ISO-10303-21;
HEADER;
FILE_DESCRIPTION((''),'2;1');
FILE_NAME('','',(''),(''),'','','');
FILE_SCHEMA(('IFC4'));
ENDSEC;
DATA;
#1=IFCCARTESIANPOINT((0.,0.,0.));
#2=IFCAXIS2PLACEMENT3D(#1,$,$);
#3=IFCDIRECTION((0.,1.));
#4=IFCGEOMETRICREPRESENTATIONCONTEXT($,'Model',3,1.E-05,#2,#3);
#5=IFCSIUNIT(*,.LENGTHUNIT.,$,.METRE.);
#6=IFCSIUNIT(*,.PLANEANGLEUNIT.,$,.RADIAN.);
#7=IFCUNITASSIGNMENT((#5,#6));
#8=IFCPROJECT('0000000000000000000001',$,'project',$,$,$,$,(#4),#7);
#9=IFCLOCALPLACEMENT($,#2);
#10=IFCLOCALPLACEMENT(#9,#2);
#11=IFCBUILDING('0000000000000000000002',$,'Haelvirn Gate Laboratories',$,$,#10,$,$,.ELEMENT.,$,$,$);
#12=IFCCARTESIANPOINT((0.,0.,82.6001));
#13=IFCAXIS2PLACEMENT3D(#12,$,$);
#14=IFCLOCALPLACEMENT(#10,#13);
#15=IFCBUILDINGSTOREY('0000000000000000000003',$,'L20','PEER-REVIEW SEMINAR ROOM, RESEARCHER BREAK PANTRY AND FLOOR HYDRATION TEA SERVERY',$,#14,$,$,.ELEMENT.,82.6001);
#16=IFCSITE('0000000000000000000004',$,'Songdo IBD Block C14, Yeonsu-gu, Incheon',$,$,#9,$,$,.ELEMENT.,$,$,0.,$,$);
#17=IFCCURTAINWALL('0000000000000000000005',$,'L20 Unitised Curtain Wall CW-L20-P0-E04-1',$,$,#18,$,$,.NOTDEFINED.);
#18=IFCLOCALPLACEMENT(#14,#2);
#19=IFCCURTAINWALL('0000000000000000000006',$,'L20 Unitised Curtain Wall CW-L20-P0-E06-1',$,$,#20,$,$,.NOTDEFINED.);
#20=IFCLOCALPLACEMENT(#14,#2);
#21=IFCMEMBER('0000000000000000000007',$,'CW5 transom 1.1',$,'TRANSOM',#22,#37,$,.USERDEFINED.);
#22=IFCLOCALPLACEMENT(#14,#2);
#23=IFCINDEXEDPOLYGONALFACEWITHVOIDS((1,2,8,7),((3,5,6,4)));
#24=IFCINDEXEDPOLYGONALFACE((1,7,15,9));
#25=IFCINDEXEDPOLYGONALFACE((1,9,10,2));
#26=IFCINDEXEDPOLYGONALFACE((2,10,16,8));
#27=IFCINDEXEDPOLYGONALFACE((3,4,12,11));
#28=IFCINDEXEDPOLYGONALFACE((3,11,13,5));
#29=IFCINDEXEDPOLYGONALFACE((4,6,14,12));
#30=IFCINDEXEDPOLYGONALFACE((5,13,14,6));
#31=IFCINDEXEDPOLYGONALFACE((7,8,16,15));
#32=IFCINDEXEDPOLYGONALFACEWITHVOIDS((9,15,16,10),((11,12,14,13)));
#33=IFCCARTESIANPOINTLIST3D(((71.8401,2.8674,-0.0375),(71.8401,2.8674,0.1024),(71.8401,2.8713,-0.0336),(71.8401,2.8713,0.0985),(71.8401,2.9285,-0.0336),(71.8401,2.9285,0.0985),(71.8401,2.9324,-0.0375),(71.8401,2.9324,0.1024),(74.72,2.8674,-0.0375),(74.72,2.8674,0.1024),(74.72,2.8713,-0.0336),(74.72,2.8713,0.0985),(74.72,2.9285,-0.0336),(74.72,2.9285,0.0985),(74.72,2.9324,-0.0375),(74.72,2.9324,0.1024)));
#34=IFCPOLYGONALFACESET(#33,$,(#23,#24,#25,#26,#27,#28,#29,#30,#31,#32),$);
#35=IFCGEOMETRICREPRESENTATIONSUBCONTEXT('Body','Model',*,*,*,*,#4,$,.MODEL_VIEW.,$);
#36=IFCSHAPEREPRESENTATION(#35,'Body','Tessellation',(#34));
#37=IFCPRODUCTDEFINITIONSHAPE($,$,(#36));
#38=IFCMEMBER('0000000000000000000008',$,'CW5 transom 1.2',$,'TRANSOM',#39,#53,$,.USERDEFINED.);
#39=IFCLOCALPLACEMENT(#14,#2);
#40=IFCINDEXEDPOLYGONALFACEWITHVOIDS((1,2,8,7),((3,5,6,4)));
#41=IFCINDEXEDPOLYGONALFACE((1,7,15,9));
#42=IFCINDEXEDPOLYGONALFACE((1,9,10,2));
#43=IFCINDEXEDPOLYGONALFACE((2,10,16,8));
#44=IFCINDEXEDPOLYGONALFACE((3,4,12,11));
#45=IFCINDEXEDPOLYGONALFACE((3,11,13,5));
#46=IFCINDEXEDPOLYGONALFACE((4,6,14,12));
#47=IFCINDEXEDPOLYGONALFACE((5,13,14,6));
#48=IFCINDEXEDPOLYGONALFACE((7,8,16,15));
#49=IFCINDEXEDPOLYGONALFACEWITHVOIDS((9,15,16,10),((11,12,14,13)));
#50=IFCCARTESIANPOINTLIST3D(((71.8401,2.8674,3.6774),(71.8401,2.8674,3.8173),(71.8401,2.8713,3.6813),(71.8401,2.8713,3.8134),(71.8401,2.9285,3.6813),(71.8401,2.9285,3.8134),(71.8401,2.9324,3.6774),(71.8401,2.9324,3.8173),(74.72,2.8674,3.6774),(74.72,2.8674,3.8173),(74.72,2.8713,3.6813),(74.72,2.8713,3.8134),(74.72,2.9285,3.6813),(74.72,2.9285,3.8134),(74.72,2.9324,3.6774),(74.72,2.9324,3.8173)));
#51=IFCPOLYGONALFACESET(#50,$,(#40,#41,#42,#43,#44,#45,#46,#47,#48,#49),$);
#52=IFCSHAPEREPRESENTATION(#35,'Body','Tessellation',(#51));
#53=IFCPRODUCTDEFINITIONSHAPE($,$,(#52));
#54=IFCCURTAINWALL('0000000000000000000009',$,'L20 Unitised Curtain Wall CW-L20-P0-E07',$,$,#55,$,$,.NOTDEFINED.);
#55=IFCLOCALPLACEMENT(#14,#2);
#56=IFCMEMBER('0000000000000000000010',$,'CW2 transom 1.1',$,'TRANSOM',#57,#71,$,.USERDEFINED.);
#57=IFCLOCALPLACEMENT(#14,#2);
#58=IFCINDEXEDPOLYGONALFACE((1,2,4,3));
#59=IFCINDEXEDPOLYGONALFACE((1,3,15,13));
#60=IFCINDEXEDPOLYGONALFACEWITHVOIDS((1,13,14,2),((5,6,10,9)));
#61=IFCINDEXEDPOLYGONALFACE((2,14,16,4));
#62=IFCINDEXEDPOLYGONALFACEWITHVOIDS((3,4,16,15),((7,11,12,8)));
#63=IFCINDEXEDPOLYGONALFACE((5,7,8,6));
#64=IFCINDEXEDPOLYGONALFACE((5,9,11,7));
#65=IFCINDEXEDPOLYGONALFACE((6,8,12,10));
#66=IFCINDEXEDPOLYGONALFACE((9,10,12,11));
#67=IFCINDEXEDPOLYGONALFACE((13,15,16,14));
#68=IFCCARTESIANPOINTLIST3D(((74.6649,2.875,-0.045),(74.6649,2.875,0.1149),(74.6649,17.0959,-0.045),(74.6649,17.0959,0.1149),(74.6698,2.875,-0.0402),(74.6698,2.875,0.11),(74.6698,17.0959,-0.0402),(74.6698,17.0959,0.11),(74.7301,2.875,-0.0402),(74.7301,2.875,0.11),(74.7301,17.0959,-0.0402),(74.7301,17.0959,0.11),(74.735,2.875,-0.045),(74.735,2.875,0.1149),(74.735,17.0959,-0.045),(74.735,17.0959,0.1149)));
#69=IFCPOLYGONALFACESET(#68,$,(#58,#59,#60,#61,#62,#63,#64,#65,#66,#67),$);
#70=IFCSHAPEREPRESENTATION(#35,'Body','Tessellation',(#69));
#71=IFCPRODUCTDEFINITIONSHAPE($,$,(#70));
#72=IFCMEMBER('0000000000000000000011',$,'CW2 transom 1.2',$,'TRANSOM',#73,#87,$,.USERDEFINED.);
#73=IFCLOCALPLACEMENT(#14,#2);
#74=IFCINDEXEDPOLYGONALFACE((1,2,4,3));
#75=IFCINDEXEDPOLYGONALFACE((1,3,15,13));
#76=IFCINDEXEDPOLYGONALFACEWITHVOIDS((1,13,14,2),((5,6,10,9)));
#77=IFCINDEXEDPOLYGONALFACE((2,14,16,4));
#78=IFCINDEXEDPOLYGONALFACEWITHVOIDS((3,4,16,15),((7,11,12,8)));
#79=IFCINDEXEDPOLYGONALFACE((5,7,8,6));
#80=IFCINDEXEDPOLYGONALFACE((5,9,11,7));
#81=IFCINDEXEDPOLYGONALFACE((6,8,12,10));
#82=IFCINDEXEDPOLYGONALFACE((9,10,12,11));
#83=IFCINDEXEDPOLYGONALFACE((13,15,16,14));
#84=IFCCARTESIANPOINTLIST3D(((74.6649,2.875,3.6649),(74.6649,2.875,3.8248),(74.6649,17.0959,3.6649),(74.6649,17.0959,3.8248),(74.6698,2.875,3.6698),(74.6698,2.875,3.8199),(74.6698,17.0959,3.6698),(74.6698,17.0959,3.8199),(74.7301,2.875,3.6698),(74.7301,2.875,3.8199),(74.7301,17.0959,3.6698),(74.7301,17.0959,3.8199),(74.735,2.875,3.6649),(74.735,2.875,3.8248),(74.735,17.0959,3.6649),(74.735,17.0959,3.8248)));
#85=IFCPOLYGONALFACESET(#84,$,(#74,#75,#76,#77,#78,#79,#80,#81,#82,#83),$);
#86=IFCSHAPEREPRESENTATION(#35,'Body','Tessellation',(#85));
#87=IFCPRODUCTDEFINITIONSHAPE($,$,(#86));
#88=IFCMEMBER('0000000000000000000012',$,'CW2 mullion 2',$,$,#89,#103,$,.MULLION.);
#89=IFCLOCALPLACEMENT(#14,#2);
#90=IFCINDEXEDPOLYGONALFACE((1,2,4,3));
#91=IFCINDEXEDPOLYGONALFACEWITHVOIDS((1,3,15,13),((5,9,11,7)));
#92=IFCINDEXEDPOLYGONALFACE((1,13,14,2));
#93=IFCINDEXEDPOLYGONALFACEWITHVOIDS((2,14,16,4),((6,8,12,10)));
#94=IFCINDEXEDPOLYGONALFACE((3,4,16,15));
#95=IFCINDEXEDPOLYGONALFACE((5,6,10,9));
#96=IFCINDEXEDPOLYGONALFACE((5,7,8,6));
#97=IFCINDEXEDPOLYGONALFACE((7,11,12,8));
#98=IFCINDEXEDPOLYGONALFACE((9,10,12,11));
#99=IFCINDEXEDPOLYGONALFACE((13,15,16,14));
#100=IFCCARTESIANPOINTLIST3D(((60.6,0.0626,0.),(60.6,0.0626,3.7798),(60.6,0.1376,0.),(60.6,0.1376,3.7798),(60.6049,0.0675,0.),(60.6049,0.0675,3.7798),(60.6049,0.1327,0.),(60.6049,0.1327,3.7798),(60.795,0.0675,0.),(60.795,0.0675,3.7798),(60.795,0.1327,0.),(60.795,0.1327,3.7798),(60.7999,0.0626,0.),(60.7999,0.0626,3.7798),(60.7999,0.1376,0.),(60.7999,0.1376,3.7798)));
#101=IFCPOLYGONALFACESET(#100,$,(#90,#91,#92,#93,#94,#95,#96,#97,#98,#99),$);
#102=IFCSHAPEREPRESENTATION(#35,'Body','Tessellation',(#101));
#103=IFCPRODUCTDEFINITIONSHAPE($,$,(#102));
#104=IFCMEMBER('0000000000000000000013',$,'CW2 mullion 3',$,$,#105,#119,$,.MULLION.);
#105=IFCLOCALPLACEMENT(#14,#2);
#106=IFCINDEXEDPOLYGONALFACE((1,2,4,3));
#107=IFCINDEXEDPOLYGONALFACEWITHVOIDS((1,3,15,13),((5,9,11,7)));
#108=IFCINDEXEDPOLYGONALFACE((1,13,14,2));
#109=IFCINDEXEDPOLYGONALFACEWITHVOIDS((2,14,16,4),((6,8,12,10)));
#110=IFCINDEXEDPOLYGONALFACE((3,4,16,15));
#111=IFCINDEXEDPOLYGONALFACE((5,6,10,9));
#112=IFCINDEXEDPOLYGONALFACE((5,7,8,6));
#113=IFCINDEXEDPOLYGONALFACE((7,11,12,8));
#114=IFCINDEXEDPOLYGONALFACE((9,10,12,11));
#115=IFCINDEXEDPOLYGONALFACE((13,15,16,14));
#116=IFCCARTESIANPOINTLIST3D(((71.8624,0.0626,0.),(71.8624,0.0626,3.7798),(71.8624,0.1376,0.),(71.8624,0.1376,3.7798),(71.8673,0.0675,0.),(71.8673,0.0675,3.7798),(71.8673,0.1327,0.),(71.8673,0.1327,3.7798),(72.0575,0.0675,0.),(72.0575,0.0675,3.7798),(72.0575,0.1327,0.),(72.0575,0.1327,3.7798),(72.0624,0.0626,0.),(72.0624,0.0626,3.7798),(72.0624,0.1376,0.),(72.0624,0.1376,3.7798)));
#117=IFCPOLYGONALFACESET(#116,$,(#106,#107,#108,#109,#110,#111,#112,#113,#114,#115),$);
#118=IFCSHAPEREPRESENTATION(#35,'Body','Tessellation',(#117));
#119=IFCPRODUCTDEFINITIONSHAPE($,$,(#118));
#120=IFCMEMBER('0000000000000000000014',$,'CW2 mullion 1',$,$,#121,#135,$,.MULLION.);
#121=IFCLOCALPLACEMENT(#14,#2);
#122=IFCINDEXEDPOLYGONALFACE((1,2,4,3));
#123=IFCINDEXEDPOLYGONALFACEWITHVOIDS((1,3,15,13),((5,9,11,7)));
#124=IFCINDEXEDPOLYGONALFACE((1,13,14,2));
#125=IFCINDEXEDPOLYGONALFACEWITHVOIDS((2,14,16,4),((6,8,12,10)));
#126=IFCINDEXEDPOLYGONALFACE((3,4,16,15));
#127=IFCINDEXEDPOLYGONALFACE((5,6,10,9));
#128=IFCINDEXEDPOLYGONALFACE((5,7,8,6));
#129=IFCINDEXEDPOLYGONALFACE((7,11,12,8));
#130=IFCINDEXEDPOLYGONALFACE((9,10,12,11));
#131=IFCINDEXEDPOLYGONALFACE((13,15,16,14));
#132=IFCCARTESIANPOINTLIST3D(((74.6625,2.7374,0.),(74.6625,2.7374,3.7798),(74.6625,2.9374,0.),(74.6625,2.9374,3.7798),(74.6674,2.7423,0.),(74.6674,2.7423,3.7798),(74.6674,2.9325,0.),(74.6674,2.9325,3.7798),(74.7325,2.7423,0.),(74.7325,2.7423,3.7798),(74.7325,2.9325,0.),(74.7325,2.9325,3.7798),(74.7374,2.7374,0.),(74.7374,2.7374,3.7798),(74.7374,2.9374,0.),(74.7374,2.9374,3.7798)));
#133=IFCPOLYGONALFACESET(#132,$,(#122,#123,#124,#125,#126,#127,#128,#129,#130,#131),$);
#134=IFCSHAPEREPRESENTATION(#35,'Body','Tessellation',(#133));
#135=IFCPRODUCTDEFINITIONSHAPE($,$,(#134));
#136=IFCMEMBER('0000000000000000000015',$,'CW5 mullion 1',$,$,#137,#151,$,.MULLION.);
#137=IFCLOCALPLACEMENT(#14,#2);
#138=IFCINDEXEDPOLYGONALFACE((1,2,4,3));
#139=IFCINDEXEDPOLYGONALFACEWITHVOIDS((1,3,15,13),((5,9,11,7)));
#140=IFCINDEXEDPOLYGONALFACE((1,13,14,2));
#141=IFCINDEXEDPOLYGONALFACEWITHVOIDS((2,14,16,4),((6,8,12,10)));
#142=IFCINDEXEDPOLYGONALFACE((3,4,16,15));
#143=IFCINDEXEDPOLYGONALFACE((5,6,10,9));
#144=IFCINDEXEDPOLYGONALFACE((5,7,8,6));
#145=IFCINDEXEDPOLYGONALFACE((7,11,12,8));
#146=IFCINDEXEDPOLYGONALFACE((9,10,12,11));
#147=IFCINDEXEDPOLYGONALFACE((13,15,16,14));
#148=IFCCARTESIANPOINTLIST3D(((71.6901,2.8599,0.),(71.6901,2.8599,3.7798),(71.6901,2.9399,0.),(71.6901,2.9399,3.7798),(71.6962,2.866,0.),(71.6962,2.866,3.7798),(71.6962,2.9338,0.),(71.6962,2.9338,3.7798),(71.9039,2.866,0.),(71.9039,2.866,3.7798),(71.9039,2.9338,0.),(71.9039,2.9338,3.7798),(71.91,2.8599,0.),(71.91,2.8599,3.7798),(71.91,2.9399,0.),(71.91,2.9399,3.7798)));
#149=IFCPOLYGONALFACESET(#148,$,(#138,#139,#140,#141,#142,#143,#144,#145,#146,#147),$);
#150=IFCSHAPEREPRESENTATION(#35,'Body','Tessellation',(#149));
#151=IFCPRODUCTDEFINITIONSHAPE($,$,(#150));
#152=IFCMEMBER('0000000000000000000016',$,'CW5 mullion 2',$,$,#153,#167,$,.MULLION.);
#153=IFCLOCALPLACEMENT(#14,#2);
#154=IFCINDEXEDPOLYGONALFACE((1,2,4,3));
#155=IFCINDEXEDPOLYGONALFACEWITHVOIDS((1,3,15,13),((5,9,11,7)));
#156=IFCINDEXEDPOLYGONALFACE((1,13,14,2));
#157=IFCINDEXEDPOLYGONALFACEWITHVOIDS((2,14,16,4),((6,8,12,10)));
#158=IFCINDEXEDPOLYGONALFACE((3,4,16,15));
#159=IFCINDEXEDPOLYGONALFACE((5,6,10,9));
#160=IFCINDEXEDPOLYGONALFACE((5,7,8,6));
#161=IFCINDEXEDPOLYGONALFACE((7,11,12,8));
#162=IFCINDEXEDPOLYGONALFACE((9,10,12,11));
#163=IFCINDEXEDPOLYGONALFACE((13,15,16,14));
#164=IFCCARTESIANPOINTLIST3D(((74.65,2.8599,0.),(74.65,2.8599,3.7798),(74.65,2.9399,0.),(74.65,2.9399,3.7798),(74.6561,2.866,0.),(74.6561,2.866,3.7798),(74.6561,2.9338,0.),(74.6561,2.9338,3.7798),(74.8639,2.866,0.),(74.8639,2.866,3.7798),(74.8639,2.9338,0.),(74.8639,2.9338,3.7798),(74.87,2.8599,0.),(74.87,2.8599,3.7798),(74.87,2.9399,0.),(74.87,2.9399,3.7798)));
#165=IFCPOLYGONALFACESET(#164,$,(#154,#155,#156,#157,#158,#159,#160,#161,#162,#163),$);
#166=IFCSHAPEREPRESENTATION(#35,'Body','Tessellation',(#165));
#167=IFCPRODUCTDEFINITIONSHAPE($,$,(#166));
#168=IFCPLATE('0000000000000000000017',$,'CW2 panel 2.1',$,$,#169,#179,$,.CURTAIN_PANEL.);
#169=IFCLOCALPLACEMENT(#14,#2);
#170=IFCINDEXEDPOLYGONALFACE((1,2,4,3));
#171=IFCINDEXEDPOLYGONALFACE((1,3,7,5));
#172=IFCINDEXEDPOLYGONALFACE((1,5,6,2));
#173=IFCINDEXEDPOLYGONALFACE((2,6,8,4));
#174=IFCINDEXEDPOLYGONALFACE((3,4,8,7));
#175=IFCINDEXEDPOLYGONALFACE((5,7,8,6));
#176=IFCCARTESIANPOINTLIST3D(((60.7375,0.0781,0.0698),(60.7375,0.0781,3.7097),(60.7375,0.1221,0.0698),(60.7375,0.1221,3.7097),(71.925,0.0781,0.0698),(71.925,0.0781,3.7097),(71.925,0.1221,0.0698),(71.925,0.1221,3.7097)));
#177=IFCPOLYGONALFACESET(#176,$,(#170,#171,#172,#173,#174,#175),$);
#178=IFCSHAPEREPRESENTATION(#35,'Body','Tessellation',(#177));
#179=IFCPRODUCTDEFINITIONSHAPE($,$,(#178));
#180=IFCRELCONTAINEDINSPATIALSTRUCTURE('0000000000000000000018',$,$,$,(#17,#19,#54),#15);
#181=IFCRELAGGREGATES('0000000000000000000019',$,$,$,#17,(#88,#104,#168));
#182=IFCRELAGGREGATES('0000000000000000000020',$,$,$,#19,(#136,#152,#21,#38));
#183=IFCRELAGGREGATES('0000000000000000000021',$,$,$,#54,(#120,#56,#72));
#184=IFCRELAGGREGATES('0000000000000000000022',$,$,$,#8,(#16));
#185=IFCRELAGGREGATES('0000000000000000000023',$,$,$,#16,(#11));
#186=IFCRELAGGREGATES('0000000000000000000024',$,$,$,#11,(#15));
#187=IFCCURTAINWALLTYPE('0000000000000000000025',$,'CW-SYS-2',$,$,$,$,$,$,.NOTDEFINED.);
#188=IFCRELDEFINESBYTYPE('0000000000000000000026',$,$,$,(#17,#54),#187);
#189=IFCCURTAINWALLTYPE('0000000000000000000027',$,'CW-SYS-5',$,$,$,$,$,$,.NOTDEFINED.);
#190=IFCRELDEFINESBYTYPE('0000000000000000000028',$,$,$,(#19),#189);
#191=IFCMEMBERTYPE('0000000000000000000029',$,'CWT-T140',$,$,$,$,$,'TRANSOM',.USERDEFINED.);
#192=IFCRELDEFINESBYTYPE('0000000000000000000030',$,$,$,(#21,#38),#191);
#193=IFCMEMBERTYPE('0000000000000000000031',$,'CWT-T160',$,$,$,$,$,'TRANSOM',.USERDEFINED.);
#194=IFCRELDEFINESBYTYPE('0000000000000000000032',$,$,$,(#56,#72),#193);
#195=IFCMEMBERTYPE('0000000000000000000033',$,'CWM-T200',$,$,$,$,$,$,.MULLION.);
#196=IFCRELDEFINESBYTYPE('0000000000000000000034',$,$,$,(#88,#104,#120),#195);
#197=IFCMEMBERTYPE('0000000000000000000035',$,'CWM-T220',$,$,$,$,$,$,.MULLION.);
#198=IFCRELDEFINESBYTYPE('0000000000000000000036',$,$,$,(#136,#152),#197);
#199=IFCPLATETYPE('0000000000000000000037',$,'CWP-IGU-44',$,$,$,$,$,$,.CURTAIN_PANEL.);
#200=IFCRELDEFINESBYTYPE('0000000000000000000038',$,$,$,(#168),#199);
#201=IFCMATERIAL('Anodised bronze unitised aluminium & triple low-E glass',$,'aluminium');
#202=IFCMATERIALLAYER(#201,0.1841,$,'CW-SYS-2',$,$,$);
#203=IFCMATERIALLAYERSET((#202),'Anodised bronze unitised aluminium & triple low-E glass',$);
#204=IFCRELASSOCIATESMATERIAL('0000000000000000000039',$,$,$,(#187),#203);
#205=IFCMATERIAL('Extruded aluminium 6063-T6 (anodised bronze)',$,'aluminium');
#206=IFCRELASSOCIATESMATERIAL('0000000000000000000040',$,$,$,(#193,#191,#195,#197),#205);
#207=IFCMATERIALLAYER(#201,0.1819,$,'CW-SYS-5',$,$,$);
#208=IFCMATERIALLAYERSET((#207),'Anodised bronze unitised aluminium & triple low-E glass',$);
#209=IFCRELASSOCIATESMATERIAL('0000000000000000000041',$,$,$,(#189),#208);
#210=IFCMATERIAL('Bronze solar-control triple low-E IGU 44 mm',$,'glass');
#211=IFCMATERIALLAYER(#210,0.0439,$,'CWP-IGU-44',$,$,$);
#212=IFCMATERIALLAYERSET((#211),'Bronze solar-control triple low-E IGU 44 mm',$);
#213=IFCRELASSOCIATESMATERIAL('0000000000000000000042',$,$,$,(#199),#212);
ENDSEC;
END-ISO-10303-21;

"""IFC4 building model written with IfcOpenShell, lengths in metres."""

from ifc_helpers import new_model, si_unit, direction, frame, origin, origin_2d, place, context, subcontext, project, spatial, rectangle, hollow_rectangle, extrude, source, transform, mapped, material, layer, layer_set, material_profile, profile_set, type_object, type_shapes, element, aggregate, save


model = new_model("IFC4")

# Units and contexts
model_context = context("Model", 3, precision=1e-05, world=origin(), true_north=direction((0.0, 1.0)))
body_context = subcontext(model_context, "Body", "Model", "MODEL_VIEW")
ifc_project = project(units=[si_unit("LENGTHUNIT", "METRE"), si_unit("PLANEANGLEUNIT", "RADIAN")], contexts=[model_context])

# Site, building, storey
site_placement = place(None, origin())
site = spatial("IfcSite", under=ifc_project, at=site_placement, Name="Songdo IBD Block C14, Yeonsu-gu, Incheon", CompositionType="ELEMENT", RefElevation=0.0)
building_placement = place(site_placement, origin())
building = spatial("IfcBuilding", under=site, at=building_placement, Name="Haelvirn Gate Laboratories", CompositionType="ELEMENT")
storey_placement = place(building_placement, frame((0.0, 0.0, 82.6001)))
storey = spatial("IfcBuildingStorey", under=building, at=storey_placement, Name="L20", Description="PEER-REVIEW SEMINAR ROOM, RESEARCHER BREAK PANTRY AND FLOOR HYDRATION TEA SERVERY", CompositionType="ELEMENT", Elevation=82.6001)

# Curtain walls, members
ifc_material_1 = material(Name="Anodised bronze unitised aluminium & triple low-E glass", Category="aluminium")
ifc_layer_1 = layer(ifc_material_1, 0.1841, Name="CW-SYS-2")
ifc_layer_set_1 = layer_set([ifc_layer_1], Name="Anodised bronze unitised aluminium & triple low-E glass")
curtain_wall_type_1 = type_object("IfcCurtainWallType", Name="CW-SYS-2", PredefinedType="NOTDEFINED", material=ifc_layer_set_1)
curtain_wall_1_placement = place(storey_placement, origin())
curtain_wall_1 = element("IfcCurtainWall", 1, at=curtain_wall_1_placement, inside=storey, type_object=curtain_wall_type_1, Name="L20 Unitised Curtain Wall CW-L20-P0-E04-1", PredefinedType="NOTDEFINED")
ifc_material_2 = material(Name="Extruded aluminium 6063-T6 (anodised bronze)", Category="aluminium")
ifc_material_profile_1 = material_profile(ifc_material_2, hollow_rectangle(XDim=0.0701, YDim=0.1599, WallThickness=0.0049, at=origin_2d()), Name="CWT-160x70x5")
ifc_profile_set_1 = profile_set([ifc_material_profile_1], Name="Extruded aluminium 6063-T6 (anodised bronze)")
member_type_1 = type_object("IfcMemberType", Name="CWT-T160", ElementType="TRANSOM", PredefinedType="USERDEFINED", material=ifc_profile_set_1)
ifc_layer_2 = layer(ifc_material_1, 0.1819, Name="CW-SYS-5")
ifc_layer_set_2 = layer_set([ifc_layer_2], Name="Anodised bronze unitised aluminium & triple low-E glass")
curtain_wall_type_2 = type_object("IfcCurtainWallType", Name="CW-SYS-5", PredefinedType="NOTDEFINED", material=ifc_layer_set_2)
curtain_wall_2_placement = place(storey_placement, origin())
curtain_wall_2 = element("IfcCurtainWall", 2, at=curtain_wall_2_placement, inside=storey, type_object=curtain_wall_type_2, Name="L20 Unitised Curtain Wall CW-L20-P0-E06-1", PredefinedType="NOTDEFINED")
ifc_material_profile_2 = material_profile(ifc_material_2, hollow_rectangle(XDim=0.0649, YDim=0.1399, WallThickness=0.0039, at=origin_2d()), Name="CWT-140x65x4")
ifc_profile_set_2 = profile_set([ifc_material_profile_2], Name="Extruded aluminium 6063-T6 (anodised bronze)")
member_type_2 = type_object("IfcMemberType", Name="CWT-T140", ElementType="TRANSOM", PredefinedType="USERDEFINED", material=ifc_profile_set_2)
shared_shape_1 = source(origin(), body_context, "Body", "SweptSolid", [
    extrude(hollow_rectangle(XDim=0.0649, YDim=0.1399, WallThickness=0.0039, at=origin_2d()), origin(), (0.0, 0.0, 1.0), 2.8799),
])
type_shapes(member_type_2, [shared_shape_1])
member_1_placement = place(storey_placement, frame((71.8401, 2.8999, 0.0325), z_axis=(1.0, 0.0, 0.0), x_axis=(0.0, 1.0, 0.0)))
member_1 = element("IfcMember", 3, at=member_1_placement, type_object=member_type_2, Name="CW5 transom 1.1", ObjectType="TRANSOM", PredefinedType="USERDEFINED", context=body_context, shape_type="MappedRepresentation", body=[
    mapped(shared_shape_1, transform((0.0, 0.0, 0.0), scale=1.0)),
])
member_2_placement = place(storey_placement, frame((71.8401, 2.8999, 3.7473), z_axis=(1.0, 0.0, 0.0), x_axis=(0.0, 1.0, 0.0)))
member_2 = element("IfcMember", 4, at=member_2_placement, type_object=member_type_2, Name="CW5 transom 1.2", ObjectType="TRANSOM", PredefinedType="USERDEFINED", context=body_context, shape_type="MappedRepresentation", body=[
    mapped(shared_shape_1, transform((0.0, 0.0, 0.0), scale=1.0)),
])
curtain_wall_3_placement = place(storey_placement, origin())
curtain_wall_3 = element("IfcCurtainWall", 5, at=curtain_wall_3_placement, inside=storey, type_object=curtain_wall_type_1, Name="L20 Unitised Curtain Wall CW-L20-P0-E07", PredefinedType="NOTDEFINED")
shared_shape_2 = source(origin(), body_context, "Body", "SweptSolid", [
    extrude(hollow_rectangle(XDim=0.0701, YDim=0.1599, WallThickness=0.0049, at=origin_2d()), origin(), (0.0, 0.0, 1.0), 14.2209),
])
member_3_placement = place(storey_placement, frame((74.7, 2.875, 0.0349), z_axis=(0.0, 1.0, 0.0), x_axis=(-1.0, 0.0, 0.0)))
member_3 = element("IfcMember", 6, at=member_3_placement, type_object=member_type_1, Name="CW2 transom 1.1", ObjectType="TRANSOM", PredefinedType="USERDEFINED", context=body_context, shape_type="MappedRepresentation", body=[
    mapped(shared_shape_2, transform((0.0, 0.0, 0.0), scale=1.0)),
])
member_4_placement = place(storey_placement, frame((74.7, 2.875, 3.7449), z_axis=(0.0, 1.0, 0.0), x_axis=(-1.0, 0.0, 0.0)))
member_4 = element("IfcMember", 7, at=member_4_placement, type_object=member_type_1, Name="CW2 transom 1.2", ObjectType="TRANSOM", PredefinedType="USERDEFINED", context=body_context, shape_type="MappedRepresentation", body=[
    mapped(shared_shape_2, transform((0.0, 0.0, 0.0), scale=1.0)),
])

# Members
ifc_material_profile_3 = material_profile(ifc_material_2, hollow_rectangle(XDim=0.075, YDim=0.2, WallThickness=0.0049, at=origin_2d()), Name="CWM-200x75x5")
ifc_profile_set_3 = profile_set([ifc_material_profile_3], Name="Extruded aluminium 6063-T6 (anodised bronze)")
member_type_3 = type_object("IfcMemberType", Name="CWM-T200", PredefinedType="MULLION", material=ifc_profile_set_3)
shared_shape_3 = source(origin(), body_context, "Body", "SweptSolid", [
    extrude(hollow_rectangle(XDim=0.075, YDim=0.2, WallThickness=0.0049, at=origin_2d()), origin(), (0.0, 0.0, 1.0), 3.7798),
])
type_shapes(member_type_3, [shared_shape_3])
member_5_placement = place(storey_placement, frame((60.7, 0.1001, 0.0), z_axis=(0.0, 0.0, 1.0), x_axis=(0.0, 1.0, 0.0)))
member_5 = element("IfcMember", 8, at=member_5_placement, type_object=member_type_3, Name="CW2 mullion 2", PredefinedType="MULLION", context=body_context, shape_type="MappedRepresentation", body=[
    mapped(shared_shape_3, transform((0.0, 0.0, 0.0), scale=1.0)),
])
member_6_placement = place(storey_placement, frame((71.9624, 0.1001, 0.0), z_axis=(0.0, 0.0, 1.0), x_axis=(0.0, 1.0, 0.0)))
member_6 = element("IfcMember", 9, at=member_6_placement, type_object=member_type_3, Name="CW2 mullion 3", PredefinedType="MULLION", context=body_context, shape_type="MappedRepresentation", body=[
    mapped(shared_shape_3, transform((0.0, 0.0, 0.0), scale=1.0)),
])
member_7_placement = place(storey_placement, frame((74.7, 2.8374, 0.0), z_axis=(0.0, 0.0, 1.0), x_axis=(-1.0, 0.0, 0.0)))
member_7 = element("IfcMember", 10, at=member_7_placement, type_object=member_type_3, Name="CW2 mullion 1", PredefinedType="MULLION", context=body_context, shape_type="MappedRepresentation", body=[
    mapped(shared_shape_3, transform((0.0, 0.0, 0.0), scale=1.0)),
])
ifc_material_profile_4 = material_profile(ifc_material_2, hollow_rectangle(XDim=0.0801, YDim=0.22, WallThickness=0.0061, at=origin_2d()), Name="CWM-220x80x6")
ifc_profile_set_4 = profile_set([ifc_material_profile_4], Name="Extruded aluminium 6063-T6 (anodised bronze)")
member_type_4 = type_object("IfcMemberType", Name="CWM-T220", PredefinedType="MULLION", material=ifc_profile_set_4)
shared_shape_4 = source(origin(), body_context, "Body", "SweptSolid", [
    extrude(hollow_rectangle(XDim=0.0801, YDim=0.22, WallThickness=0.0061, at=origin_2d()), origin(), (0.0, 0.0, 1.0), 3.7798),
])
type_shapes(member_type_4, [shared_shape_4])
member_8_placement = place(storey_placement, frame((71.8, 2.8999, 0.0), z_axis=(0.0, 0.0, 1.0), x_axis=(0.0, 1.0, 0.0)))
member_8 = element("IfcMember", 11, at=member_8_placement, type_object=member_type_4, Name="CW5 mullion 1", PredefinedType="MULLION", context=body_context, shape_type="MappedRepresentation", body=[
    mapped(shared_shape_4, transform((0.0, 0.0, 0.0), scale=1.0)),
])
member_9_placement = place(storey_placement, frame((74.76, 2.8999, 0.0), z_axis=(0.0, 0.0, 1.0), x_axis=(0.0, 1.0, 0.0)))
member_9 = element("IfcMember", 12, at=member_9_placement, type_object=member_type_4, Name="CW5 mullion 2", PredefinedType="MULLION", context=body_context, shape_type="MappedRepresentation", body=[
    mapped(shared_shape_4, transform((0.0, 0.0, 0.0), scale=1.0)),
])

# Plate
ifc_material_3 = material(Name="Bronze solar-control triple low-E IGU 44 mm", Category="glass")
ifc_layer_3 = layer(ifc_material_3, 0.0439, Name="CWP-IGU-44")
ifc_layer_set_3 = layer_set([ifc_layer_3], Name="Bronze solar-control triple low-E IGU 44 mm")
plate_type_1 = type_object("IfcPlateType", Name="CWP-IGU-44", PredefinedType="CURTAIN_PANEL", material=ifc_layer_set_3)
shared_shape_5 = source(origin(), body_context, "Body", "SweptSolid", [
    extrude(rectangle(XDim=11.1875, YDim=0.0439, at=origin_2d()), origin(), (0.0, 0.0, 1.0), 3.6399),
])
plate_1_placement = place(storey_placement, frame((66.3313, 0.1001, 0.0698), z_axis=(0.0, 0.0, 1.0), x_axis=(1.0, 0.0, 0.0)))
plate_1 = element("IfcPlate", 13, at=plate_1_placement, type_object=plate_type_1, Name="CW2 panel 2.1", PredefinedType="CURTAIN_PANEL", context=body_context, shape_type="MappedRepresentation", body=[
    mapped(shared_shape_5, transform((0.0, 0.0, 0.0), scale=1.0)),
])
aggregate(curtain_wall_1, [member_5, member_6, plate_1])
aggregate(curtain_wall_2, [member_8, member_9, member_1, member_2])
aggregate(curtain_wall_3, [member_7, member_3, member_4])

save(model, "model.ifc")
